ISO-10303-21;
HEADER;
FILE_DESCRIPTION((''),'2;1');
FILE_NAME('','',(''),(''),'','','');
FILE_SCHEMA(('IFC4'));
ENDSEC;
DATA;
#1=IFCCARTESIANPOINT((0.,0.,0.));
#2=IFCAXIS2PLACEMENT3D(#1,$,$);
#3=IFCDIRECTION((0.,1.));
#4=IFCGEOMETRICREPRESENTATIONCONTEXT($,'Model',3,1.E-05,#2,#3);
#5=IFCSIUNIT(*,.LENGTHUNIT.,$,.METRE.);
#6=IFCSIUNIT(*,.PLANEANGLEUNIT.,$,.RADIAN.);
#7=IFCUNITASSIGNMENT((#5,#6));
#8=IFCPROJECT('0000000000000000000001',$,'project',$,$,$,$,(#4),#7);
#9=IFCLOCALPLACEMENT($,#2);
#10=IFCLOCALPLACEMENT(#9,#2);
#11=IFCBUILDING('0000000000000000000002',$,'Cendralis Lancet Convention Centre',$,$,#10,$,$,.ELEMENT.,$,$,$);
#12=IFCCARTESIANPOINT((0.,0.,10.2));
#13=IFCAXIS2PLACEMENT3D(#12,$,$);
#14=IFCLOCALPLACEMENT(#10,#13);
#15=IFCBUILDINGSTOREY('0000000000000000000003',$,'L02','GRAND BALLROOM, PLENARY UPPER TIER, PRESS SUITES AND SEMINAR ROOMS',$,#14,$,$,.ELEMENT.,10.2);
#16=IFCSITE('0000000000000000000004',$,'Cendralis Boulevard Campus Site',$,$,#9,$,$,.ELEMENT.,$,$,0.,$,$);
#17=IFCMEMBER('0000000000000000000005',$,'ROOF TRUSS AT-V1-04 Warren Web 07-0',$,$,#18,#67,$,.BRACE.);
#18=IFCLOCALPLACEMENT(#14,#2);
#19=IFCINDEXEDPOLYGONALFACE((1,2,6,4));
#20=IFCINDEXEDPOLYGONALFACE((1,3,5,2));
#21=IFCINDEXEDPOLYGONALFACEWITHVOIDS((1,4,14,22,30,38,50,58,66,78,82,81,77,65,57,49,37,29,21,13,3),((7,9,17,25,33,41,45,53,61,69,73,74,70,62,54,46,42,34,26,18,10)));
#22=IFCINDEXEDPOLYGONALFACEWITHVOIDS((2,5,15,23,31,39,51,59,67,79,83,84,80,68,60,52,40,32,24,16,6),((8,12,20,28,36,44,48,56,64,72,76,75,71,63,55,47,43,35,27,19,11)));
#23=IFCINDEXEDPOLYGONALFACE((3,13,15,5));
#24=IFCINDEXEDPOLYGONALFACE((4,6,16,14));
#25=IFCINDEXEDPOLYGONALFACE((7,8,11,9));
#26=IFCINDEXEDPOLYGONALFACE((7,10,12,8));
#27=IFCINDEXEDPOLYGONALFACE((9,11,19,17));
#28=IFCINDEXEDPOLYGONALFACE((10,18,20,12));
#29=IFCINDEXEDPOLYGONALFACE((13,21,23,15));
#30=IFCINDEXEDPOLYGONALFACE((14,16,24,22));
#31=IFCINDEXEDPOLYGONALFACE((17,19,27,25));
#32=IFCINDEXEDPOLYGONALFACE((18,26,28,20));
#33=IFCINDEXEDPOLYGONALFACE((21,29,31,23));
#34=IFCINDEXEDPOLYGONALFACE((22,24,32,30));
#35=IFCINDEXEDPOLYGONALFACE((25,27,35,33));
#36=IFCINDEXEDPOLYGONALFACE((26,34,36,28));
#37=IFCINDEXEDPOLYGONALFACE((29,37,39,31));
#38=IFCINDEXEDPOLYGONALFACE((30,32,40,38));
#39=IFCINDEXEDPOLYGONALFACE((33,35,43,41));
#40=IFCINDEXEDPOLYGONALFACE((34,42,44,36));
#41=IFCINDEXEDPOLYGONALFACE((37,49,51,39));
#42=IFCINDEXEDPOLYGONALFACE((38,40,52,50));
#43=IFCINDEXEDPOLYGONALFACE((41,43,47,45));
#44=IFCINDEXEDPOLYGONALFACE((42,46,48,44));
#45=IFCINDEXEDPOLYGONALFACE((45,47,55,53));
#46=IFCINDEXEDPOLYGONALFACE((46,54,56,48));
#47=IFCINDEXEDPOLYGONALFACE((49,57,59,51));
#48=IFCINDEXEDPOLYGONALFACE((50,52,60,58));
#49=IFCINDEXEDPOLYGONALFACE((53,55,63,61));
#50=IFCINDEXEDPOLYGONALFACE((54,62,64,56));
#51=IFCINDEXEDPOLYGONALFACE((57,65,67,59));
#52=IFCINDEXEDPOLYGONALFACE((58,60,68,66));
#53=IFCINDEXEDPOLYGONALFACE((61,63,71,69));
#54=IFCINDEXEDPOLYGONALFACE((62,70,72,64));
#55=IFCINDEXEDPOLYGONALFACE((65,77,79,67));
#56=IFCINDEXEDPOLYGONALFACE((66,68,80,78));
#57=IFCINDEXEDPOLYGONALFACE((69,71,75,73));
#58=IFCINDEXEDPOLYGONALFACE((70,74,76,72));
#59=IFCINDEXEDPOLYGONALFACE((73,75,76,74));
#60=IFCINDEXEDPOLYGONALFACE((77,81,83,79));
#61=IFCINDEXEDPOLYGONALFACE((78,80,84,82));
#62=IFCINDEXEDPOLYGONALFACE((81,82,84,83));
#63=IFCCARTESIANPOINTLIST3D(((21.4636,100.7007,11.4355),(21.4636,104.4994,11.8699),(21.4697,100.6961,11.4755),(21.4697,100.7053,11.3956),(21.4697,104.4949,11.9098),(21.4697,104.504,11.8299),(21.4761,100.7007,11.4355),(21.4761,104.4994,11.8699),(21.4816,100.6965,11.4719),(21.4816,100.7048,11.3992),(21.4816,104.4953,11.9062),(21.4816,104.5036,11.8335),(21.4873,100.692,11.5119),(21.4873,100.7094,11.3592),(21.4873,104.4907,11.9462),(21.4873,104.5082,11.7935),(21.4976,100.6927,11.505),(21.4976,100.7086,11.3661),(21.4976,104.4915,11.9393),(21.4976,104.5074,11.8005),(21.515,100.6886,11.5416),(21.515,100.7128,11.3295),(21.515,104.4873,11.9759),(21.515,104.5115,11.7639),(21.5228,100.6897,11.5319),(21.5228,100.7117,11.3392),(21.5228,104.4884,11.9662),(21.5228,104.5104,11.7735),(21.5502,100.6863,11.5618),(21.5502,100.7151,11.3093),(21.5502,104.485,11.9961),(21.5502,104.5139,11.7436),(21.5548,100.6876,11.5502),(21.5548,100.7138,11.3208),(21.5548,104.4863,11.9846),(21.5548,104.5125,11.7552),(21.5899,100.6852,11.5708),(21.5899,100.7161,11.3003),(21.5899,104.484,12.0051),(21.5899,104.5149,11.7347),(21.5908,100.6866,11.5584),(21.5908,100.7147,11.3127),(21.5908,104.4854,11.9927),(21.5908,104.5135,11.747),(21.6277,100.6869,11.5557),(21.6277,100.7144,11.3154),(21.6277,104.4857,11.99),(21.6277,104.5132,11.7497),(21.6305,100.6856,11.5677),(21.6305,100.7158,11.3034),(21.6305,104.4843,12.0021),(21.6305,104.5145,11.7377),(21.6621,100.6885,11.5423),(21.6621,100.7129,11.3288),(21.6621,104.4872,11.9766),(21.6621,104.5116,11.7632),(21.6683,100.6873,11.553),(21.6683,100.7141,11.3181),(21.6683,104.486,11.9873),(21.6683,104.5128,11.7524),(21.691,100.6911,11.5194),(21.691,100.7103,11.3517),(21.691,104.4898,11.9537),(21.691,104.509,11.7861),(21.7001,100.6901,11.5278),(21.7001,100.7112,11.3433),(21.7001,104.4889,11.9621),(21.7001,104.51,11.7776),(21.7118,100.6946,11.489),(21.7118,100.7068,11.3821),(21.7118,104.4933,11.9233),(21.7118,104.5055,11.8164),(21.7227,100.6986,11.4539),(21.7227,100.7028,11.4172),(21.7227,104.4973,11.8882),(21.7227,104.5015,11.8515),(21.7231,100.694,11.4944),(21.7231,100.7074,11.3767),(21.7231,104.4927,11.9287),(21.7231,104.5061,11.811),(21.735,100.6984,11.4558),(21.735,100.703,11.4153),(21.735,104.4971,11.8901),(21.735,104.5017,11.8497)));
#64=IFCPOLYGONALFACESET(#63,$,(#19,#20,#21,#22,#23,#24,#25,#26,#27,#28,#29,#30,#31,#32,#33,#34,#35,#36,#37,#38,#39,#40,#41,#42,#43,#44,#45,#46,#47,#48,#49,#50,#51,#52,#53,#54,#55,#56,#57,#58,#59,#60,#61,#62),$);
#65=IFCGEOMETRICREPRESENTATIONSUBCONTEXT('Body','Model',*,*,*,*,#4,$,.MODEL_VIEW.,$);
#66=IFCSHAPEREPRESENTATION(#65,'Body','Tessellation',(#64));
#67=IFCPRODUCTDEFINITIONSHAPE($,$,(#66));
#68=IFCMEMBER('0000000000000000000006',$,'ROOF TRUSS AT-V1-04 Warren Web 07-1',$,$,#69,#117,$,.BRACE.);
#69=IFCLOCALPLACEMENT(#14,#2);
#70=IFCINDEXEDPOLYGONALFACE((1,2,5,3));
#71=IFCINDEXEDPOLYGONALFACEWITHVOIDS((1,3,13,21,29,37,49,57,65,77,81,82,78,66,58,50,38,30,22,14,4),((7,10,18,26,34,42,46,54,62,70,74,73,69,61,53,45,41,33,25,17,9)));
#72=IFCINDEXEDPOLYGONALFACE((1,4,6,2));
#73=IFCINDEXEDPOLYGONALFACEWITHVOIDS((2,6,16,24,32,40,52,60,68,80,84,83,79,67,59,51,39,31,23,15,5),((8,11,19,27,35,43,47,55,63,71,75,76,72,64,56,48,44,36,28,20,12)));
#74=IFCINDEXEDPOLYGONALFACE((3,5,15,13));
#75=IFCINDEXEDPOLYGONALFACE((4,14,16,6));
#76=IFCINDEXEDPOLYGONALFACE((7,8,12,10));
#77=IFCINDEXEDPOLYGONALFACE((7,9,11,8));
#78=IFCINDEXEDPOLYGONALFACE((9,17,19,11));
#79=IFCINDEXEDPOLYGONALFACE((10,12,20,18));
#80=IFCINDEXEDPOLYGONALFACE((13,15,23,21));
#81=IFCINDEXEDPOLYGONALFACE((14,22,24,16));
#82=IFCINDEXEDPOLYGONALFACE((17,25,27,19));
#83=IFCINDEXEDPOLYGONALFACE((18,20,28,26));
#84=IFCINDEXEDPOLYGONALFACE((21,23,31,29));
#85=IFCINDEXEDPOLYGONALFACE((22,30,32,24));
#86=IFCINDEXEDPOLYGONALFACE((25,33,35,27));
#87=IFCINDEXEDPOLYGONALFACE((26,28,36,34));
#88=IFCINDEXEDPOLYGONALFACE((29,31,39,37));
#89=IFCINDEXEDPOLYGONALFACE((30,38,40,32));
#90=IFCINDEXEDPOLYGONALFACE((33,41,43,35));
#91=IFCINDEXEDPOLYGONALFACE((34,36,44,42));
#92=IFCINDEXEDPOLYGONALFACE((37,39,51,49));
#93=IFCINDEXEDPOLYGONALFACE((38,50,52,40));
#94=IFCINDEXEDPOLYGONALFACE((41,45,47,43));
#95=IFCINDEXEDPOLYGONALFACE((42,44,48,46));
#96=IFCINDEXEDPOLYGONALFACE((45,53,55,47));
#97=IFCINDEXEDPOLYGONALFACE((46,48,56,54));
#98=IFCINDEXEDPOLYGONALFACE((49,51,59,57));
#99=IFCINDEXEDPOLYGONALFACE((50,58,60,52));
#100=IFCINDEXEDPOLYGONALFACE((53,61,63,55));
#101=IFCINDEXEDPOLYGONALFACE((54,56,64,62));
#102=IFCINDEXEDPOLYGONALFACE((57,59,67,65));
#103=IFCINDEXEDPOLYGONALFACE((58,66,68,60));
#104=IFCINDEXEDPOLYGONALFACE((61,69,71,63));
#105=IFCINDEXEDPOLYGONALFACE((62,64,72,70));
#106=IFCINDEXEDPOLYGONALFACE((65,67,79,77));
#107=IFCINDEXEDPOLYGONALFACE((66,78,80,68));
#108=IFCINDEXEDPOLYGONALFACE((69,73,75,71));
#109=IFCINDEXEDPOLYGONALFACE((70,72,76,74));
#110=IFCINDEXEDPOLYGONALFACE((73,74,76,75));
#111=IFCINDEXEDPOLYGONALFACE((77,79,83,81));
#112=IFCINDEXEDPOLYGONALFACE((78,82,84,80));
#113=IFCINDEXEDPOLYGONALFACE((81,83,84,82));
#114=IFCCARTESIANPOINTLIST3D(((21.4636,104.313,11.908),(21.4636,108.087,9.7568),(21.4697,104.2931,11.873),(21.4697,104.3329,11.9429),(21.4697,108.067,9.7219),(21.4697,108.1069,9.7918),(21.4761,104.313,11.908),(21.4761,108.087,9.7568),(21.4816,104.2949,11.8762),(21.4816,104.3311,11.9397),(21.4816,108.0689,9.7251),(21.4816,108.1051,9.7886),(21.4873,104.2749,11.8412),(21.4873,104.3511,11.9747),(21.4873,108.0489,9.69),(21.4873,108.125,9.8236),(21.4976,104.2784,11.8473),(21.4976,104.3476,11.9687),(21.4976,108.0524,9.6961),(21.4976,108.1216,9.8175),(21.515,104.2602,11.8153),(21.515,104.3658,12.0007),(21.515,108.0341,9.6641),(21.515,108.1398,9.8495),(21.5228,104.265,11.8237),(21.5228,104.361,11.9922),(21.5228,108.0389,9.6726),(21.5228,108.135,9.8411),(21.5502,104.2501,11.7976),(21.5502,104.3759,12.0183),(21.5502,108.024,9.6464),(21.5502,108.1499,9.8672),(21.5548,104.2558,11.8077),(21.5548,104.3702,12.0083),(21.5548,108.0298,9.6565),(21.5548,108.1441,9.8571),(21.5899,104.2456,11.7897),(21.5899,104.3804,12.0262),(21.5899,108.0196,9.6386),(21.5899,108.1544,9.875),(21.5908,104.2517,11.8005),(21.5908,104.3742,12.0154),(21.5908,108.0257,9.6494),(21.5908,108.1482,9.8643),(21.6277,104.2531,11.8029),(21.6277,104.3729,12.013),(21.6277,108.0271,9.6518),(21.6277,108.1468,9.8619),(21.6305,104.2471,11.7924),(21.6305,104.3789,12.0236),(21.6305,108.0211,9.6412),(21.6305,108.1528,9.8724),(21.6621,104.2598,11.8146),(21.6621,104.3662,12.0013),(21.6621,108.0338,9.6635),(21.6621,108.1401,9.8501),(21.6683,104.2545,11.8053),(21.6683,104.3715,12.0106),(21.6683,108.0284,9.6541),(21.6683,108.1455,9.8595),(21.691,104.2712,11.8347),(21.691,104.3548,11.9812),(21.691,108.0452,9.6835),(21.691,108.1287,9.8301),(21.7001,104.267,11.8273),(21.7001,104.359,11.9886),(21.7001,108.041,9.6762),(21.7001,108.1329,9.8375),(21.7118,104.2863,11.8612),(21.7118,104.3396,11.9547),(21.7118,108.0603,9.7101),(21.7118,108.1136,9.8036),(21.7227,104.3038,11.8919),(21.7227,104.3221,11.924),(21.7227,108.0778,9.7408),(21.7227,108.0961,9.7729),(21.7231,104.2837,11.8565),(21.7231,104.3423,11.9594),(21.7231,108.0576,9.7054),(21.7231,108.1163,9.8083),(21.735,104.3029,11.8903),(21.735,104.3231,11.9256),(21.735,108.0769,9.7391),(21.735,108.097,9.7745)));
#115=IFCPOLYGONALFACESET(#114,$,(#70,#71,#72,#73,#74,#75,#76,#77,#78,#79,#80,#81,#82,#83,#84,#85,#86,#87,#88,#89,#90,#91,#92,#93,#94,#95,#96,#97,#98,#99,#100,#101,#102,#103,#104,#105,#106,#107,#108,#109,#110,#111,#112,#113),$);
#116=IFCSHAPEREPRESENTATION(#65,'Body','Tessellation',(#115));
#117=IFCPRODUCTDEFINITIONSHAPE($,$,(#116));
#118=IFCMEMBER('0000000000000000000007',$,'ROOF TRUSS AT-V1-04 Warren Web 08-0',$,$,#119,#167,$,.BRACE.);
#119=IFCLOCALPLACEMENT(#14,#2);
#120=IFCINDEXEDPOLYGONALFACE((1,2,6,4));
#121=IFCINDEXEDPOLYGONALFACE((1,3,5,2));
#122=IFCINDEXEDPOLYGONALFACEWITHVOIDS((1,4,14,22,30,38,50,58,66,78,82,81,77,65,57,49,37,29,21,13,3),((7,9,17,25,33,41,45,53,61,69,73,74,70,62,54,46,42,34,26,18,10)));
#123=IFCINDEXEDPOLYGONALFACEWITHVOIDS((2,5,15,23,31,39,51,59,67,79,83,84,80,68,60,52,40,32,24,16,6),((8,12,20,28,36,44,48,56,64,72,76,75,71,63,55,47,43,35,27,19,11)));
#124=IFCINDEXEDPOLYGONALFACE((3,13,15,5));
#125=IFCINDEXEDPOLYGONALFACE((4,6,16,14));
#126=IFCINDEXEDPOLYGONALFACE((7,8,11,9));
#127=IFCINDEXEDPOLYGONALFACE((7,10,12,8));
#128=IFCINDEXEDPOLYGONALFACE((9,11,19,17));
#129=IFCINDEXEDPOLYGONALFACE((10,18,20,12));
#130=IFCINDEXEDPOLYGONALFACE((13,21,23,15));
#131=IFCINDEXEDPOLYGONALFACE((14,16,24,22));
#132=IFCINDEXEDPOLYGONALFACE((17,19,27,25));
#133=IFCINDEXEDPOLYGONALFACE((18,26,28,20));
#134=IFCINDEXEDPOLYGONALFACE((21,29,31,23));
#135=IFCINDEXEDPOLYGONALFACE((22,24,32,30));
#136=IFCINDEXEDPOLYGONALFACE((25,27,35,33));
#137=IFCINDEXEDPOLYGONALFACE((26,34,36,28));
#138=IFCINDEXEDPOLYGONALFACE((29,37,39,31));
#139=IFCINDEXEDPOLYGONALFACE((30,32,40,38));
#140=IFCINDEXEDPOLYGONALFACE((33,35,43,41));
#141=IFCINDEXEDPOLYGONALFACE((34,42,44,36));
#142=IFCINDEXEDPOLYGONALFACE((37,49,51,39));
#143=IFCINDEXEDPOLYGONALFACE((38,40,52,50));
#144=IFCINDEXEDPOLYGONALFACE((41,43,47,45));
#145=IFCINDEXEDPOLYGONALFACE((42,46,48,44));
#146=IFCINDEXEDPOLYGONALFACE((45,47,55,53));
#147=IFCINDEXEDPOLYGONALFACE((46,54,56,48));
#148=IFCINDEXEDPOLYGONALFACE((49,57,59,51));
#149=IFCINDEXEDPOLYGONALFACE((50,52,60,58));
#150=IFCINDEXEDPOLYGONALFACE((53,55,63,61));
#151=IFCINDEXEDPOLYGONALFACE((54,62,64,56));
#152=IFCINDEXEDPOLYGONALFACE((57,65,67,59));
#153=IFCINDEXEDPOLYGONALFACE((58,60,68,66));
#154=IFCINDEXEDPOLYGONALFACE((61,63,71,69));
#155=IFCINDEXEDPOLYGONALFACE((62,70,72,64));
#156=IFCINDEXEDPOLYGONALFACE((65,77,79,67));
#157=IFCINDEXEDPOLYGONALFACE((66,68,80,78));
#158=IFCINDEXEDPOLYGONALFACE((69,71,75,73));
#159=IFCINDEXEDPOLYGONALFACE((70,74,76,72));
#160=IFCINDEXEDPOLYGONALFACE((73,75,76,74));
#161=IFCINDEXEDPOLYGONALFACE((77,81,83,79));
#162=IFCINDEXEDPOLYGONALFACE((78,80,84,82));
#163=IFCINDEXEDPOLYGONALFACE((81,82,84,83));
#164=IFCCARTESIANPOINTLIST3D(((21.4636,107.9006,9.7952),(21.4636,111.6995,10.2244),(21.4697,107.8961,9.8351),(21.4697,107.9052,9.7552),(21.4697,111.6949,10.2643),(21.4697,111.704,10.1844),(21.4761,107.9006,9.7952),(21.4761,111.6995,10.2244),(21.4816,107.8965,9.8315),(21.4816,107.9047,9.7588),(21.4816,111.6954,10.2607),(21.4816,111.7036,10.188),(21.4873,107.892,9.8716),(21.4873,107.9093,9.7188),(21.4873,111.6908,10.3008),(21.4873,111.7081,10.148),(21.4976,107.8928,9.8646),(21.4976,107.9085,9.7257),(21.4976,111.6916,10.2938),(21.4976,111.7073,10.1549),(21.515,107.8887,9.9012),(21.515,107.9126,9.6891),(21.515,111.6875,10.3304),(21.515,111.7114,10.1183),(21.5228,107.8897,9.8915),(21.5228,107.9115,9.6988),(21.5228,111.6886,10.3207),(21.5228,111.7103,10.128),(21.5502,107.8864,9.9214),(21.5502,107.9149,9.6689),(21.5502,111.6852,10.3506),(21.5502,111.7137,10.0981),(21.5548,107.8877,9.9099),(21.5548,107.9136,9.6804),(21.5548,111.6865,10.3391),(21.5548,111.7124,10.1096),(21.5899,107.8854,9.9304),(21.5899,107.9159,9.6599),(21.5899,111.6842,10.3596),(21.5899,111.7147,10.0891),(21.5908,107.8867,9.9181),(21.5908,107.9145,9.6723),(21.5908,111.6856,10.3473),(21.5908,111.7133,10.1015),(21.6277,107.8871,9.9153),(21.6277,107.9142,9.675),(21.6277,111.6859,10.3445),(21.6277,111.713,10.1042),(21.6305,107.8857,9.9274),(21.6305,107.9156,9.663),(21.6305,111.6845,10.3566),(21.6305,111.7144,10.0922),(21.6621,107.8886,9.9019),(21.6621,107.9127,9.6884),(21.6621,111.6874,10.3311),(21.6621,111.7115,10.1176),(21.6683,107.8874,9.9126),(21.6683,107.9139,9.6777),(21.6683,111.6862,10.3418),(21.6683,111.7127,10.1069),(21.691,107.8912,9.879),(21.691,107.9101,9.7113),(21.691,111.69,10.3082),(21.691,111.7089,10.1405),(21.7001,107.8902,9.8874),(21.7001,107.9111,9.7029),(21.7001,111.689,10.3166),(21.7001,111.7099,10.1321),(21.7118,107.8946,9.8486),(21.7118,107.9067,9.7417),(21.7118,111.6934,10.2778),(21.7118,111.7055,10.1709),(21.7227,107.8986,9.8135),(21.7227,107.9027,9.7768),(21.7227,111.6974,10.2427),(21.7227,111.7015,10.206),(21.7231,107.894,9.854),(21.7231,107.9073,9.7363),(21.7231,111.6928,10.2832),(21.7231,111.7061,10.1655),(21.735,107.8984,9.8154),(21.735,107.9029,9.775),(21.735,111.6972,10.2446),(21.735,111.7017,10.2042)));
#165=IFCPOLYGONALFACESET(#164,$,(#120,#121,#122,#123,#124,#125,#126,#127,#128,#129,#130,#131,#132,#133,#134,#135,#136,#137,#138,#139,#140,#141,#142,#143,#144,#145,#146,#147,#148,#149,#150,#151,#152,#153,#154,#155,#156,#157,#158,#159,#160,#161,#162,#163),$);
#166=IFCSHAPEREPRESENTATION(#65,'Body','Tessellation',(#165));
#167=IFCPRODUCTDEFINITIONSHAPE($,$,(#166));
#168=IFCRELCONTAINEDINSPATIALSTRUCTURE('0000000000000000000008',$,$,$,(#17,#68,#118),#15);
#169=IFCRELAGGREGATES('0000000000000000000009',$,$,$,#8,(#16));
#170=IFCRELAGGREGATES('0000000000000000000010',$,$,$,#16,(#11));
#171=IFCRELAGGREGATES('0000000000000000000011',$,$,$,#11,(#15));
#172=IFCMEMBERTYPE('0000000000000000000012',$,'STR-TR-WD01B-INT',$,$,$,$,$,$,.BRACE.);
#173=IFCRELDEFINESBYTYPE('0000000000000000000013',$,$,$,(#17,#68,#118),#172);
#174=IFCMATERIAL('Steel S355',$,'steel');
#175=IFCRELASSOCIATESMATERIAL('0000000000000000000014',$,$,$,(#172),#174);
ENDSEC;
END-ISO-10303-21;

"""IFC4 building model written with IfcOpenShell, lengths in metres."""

from ifc_helpers import new_model, si_unit, direction, frame, origin, origin_2d, place, context, subcontext, project, spatial, hollow_circle, extrude, material, material_profile, profile_set, type_object, element, save


model = new_model("IFC4")

# Units and contexts
model_context = context("Model", 3, precision=1e-05, world=origin(), true_north=direction((0.0, 1.0)))
body_context = subcontext(model_context, "Body", "Model", "MODEL_VIEW")
ifc_project = project(units=[si_unit("LENGTHUNIT", "METRE"), si_unit("PLANEANGLEUNIT", "RADIAN")], contexts=[model_context])

# Site, building, storey
site_placement = place(None, origin())
site = spatial("IfcSite", under=ifc_project, at=site_placement, Name="Cendralis Boulevard Campus Site", CompositionType="ELEMENT", RefElevation=0.0)
building_placement = place(site_placement, origin())
building = spatial("IfcBuilding", under=site, at=building_placement, Name="Cendralis Lancet Convention Centre", CompositionType="ELEMENT")
storey_placement = place(building_placement, frame((0.0, 0.0, 10.2)))
storey = spatial("IfcBuildingStorey", under=building, at=storey_placement, Name="L02", Description="GRAND BALLROOM, PLENARY UPPER TIER, PRESS SUITES AND SEMINAR ROOMS", CompositionType="ELEMENT", Elevation=10.2)

# Members
ifc_material = material(Name="Steel S355", Category="steel")
ifc_material_profile_1 = material_profile(ifc_material, hollow_circle(Radius=0.1365, WallThickness=0.0125, at=origin_2d()), Name="CHS 273.0x12.5")
ifc_profile_set_1 = profile_set([ifc_material_profile_1], Name="Steel S355")
member_type_1 = type_object("IfcMemberType", Name="STR-TR-WD01B-INT", PredefinedType="BRACE", material=ifc_profile_set_1)
member_1_placement = place(storey_placement, frame((21.6001, 100.7007, 11.4355), z_axis=(0.0, 0.993528, 0.113592), x_axis=(-1.0, 0.0, 0.0)))
element("IfcMember", 1, at=member_1_placement, inside=storey, type_object=member_type_1, Name="ROOF TRUSS AT-V1-04 Warren Web 07-0", PredefinedType="BRACE", context=body_context, shape_type="SweptSolid", body=[
    extrude(hollow_circle(Radius=0.1365, WallThickness=0.0125, at=origin_2d()), origin(), (0.0, 0.0, 1.0), 3.8235),
])
member_2_placement = place(storey_placement, frame((21.6001, 104.313, 11.908), z_axis=(0.0, 0.868779, -0.4952), x_axis=(-1.0, 0.0, 0.0)))
element("IfcMember", 2, at=member_2_placement, inside=storey, type_object=member_type_1, Name="ROOF TRUSS AT-V1-04 Warren Web 07-1", PredefinedType="BRACE", context=body_context, shape_type="SweptSolid", body=[
    extrude(hollow_circle(Radius=0.1365, WallThickness=0.0125, at=origin_2d()), origin(), (0.0, 0.0, 1.0), 4.344),
])
member_3_placement = place(storey_placement, frame((21.6001, 107.9006, 9.7952), z_axis=(0.0, 0.993678, 0.112268), x_axis=(-1.0, 0.0, 0.0)))
element("IfcMember", 3, at=member_3_placement, inside=storey, type_object=member_type_1, Name="ROOF TRUSS AT-V1-04 Warren Web 08-0", PredefinedType="BRACE", context=body_context, shape_type="SweptSolid", body=[
    extrude(hollow_circle(Radius=0.1365, WallThickness=0.0125, at=origin_2d()), origin(), (0.0, 0.0, 1.0), 3.823),
])

save(model, "model.ifc")
